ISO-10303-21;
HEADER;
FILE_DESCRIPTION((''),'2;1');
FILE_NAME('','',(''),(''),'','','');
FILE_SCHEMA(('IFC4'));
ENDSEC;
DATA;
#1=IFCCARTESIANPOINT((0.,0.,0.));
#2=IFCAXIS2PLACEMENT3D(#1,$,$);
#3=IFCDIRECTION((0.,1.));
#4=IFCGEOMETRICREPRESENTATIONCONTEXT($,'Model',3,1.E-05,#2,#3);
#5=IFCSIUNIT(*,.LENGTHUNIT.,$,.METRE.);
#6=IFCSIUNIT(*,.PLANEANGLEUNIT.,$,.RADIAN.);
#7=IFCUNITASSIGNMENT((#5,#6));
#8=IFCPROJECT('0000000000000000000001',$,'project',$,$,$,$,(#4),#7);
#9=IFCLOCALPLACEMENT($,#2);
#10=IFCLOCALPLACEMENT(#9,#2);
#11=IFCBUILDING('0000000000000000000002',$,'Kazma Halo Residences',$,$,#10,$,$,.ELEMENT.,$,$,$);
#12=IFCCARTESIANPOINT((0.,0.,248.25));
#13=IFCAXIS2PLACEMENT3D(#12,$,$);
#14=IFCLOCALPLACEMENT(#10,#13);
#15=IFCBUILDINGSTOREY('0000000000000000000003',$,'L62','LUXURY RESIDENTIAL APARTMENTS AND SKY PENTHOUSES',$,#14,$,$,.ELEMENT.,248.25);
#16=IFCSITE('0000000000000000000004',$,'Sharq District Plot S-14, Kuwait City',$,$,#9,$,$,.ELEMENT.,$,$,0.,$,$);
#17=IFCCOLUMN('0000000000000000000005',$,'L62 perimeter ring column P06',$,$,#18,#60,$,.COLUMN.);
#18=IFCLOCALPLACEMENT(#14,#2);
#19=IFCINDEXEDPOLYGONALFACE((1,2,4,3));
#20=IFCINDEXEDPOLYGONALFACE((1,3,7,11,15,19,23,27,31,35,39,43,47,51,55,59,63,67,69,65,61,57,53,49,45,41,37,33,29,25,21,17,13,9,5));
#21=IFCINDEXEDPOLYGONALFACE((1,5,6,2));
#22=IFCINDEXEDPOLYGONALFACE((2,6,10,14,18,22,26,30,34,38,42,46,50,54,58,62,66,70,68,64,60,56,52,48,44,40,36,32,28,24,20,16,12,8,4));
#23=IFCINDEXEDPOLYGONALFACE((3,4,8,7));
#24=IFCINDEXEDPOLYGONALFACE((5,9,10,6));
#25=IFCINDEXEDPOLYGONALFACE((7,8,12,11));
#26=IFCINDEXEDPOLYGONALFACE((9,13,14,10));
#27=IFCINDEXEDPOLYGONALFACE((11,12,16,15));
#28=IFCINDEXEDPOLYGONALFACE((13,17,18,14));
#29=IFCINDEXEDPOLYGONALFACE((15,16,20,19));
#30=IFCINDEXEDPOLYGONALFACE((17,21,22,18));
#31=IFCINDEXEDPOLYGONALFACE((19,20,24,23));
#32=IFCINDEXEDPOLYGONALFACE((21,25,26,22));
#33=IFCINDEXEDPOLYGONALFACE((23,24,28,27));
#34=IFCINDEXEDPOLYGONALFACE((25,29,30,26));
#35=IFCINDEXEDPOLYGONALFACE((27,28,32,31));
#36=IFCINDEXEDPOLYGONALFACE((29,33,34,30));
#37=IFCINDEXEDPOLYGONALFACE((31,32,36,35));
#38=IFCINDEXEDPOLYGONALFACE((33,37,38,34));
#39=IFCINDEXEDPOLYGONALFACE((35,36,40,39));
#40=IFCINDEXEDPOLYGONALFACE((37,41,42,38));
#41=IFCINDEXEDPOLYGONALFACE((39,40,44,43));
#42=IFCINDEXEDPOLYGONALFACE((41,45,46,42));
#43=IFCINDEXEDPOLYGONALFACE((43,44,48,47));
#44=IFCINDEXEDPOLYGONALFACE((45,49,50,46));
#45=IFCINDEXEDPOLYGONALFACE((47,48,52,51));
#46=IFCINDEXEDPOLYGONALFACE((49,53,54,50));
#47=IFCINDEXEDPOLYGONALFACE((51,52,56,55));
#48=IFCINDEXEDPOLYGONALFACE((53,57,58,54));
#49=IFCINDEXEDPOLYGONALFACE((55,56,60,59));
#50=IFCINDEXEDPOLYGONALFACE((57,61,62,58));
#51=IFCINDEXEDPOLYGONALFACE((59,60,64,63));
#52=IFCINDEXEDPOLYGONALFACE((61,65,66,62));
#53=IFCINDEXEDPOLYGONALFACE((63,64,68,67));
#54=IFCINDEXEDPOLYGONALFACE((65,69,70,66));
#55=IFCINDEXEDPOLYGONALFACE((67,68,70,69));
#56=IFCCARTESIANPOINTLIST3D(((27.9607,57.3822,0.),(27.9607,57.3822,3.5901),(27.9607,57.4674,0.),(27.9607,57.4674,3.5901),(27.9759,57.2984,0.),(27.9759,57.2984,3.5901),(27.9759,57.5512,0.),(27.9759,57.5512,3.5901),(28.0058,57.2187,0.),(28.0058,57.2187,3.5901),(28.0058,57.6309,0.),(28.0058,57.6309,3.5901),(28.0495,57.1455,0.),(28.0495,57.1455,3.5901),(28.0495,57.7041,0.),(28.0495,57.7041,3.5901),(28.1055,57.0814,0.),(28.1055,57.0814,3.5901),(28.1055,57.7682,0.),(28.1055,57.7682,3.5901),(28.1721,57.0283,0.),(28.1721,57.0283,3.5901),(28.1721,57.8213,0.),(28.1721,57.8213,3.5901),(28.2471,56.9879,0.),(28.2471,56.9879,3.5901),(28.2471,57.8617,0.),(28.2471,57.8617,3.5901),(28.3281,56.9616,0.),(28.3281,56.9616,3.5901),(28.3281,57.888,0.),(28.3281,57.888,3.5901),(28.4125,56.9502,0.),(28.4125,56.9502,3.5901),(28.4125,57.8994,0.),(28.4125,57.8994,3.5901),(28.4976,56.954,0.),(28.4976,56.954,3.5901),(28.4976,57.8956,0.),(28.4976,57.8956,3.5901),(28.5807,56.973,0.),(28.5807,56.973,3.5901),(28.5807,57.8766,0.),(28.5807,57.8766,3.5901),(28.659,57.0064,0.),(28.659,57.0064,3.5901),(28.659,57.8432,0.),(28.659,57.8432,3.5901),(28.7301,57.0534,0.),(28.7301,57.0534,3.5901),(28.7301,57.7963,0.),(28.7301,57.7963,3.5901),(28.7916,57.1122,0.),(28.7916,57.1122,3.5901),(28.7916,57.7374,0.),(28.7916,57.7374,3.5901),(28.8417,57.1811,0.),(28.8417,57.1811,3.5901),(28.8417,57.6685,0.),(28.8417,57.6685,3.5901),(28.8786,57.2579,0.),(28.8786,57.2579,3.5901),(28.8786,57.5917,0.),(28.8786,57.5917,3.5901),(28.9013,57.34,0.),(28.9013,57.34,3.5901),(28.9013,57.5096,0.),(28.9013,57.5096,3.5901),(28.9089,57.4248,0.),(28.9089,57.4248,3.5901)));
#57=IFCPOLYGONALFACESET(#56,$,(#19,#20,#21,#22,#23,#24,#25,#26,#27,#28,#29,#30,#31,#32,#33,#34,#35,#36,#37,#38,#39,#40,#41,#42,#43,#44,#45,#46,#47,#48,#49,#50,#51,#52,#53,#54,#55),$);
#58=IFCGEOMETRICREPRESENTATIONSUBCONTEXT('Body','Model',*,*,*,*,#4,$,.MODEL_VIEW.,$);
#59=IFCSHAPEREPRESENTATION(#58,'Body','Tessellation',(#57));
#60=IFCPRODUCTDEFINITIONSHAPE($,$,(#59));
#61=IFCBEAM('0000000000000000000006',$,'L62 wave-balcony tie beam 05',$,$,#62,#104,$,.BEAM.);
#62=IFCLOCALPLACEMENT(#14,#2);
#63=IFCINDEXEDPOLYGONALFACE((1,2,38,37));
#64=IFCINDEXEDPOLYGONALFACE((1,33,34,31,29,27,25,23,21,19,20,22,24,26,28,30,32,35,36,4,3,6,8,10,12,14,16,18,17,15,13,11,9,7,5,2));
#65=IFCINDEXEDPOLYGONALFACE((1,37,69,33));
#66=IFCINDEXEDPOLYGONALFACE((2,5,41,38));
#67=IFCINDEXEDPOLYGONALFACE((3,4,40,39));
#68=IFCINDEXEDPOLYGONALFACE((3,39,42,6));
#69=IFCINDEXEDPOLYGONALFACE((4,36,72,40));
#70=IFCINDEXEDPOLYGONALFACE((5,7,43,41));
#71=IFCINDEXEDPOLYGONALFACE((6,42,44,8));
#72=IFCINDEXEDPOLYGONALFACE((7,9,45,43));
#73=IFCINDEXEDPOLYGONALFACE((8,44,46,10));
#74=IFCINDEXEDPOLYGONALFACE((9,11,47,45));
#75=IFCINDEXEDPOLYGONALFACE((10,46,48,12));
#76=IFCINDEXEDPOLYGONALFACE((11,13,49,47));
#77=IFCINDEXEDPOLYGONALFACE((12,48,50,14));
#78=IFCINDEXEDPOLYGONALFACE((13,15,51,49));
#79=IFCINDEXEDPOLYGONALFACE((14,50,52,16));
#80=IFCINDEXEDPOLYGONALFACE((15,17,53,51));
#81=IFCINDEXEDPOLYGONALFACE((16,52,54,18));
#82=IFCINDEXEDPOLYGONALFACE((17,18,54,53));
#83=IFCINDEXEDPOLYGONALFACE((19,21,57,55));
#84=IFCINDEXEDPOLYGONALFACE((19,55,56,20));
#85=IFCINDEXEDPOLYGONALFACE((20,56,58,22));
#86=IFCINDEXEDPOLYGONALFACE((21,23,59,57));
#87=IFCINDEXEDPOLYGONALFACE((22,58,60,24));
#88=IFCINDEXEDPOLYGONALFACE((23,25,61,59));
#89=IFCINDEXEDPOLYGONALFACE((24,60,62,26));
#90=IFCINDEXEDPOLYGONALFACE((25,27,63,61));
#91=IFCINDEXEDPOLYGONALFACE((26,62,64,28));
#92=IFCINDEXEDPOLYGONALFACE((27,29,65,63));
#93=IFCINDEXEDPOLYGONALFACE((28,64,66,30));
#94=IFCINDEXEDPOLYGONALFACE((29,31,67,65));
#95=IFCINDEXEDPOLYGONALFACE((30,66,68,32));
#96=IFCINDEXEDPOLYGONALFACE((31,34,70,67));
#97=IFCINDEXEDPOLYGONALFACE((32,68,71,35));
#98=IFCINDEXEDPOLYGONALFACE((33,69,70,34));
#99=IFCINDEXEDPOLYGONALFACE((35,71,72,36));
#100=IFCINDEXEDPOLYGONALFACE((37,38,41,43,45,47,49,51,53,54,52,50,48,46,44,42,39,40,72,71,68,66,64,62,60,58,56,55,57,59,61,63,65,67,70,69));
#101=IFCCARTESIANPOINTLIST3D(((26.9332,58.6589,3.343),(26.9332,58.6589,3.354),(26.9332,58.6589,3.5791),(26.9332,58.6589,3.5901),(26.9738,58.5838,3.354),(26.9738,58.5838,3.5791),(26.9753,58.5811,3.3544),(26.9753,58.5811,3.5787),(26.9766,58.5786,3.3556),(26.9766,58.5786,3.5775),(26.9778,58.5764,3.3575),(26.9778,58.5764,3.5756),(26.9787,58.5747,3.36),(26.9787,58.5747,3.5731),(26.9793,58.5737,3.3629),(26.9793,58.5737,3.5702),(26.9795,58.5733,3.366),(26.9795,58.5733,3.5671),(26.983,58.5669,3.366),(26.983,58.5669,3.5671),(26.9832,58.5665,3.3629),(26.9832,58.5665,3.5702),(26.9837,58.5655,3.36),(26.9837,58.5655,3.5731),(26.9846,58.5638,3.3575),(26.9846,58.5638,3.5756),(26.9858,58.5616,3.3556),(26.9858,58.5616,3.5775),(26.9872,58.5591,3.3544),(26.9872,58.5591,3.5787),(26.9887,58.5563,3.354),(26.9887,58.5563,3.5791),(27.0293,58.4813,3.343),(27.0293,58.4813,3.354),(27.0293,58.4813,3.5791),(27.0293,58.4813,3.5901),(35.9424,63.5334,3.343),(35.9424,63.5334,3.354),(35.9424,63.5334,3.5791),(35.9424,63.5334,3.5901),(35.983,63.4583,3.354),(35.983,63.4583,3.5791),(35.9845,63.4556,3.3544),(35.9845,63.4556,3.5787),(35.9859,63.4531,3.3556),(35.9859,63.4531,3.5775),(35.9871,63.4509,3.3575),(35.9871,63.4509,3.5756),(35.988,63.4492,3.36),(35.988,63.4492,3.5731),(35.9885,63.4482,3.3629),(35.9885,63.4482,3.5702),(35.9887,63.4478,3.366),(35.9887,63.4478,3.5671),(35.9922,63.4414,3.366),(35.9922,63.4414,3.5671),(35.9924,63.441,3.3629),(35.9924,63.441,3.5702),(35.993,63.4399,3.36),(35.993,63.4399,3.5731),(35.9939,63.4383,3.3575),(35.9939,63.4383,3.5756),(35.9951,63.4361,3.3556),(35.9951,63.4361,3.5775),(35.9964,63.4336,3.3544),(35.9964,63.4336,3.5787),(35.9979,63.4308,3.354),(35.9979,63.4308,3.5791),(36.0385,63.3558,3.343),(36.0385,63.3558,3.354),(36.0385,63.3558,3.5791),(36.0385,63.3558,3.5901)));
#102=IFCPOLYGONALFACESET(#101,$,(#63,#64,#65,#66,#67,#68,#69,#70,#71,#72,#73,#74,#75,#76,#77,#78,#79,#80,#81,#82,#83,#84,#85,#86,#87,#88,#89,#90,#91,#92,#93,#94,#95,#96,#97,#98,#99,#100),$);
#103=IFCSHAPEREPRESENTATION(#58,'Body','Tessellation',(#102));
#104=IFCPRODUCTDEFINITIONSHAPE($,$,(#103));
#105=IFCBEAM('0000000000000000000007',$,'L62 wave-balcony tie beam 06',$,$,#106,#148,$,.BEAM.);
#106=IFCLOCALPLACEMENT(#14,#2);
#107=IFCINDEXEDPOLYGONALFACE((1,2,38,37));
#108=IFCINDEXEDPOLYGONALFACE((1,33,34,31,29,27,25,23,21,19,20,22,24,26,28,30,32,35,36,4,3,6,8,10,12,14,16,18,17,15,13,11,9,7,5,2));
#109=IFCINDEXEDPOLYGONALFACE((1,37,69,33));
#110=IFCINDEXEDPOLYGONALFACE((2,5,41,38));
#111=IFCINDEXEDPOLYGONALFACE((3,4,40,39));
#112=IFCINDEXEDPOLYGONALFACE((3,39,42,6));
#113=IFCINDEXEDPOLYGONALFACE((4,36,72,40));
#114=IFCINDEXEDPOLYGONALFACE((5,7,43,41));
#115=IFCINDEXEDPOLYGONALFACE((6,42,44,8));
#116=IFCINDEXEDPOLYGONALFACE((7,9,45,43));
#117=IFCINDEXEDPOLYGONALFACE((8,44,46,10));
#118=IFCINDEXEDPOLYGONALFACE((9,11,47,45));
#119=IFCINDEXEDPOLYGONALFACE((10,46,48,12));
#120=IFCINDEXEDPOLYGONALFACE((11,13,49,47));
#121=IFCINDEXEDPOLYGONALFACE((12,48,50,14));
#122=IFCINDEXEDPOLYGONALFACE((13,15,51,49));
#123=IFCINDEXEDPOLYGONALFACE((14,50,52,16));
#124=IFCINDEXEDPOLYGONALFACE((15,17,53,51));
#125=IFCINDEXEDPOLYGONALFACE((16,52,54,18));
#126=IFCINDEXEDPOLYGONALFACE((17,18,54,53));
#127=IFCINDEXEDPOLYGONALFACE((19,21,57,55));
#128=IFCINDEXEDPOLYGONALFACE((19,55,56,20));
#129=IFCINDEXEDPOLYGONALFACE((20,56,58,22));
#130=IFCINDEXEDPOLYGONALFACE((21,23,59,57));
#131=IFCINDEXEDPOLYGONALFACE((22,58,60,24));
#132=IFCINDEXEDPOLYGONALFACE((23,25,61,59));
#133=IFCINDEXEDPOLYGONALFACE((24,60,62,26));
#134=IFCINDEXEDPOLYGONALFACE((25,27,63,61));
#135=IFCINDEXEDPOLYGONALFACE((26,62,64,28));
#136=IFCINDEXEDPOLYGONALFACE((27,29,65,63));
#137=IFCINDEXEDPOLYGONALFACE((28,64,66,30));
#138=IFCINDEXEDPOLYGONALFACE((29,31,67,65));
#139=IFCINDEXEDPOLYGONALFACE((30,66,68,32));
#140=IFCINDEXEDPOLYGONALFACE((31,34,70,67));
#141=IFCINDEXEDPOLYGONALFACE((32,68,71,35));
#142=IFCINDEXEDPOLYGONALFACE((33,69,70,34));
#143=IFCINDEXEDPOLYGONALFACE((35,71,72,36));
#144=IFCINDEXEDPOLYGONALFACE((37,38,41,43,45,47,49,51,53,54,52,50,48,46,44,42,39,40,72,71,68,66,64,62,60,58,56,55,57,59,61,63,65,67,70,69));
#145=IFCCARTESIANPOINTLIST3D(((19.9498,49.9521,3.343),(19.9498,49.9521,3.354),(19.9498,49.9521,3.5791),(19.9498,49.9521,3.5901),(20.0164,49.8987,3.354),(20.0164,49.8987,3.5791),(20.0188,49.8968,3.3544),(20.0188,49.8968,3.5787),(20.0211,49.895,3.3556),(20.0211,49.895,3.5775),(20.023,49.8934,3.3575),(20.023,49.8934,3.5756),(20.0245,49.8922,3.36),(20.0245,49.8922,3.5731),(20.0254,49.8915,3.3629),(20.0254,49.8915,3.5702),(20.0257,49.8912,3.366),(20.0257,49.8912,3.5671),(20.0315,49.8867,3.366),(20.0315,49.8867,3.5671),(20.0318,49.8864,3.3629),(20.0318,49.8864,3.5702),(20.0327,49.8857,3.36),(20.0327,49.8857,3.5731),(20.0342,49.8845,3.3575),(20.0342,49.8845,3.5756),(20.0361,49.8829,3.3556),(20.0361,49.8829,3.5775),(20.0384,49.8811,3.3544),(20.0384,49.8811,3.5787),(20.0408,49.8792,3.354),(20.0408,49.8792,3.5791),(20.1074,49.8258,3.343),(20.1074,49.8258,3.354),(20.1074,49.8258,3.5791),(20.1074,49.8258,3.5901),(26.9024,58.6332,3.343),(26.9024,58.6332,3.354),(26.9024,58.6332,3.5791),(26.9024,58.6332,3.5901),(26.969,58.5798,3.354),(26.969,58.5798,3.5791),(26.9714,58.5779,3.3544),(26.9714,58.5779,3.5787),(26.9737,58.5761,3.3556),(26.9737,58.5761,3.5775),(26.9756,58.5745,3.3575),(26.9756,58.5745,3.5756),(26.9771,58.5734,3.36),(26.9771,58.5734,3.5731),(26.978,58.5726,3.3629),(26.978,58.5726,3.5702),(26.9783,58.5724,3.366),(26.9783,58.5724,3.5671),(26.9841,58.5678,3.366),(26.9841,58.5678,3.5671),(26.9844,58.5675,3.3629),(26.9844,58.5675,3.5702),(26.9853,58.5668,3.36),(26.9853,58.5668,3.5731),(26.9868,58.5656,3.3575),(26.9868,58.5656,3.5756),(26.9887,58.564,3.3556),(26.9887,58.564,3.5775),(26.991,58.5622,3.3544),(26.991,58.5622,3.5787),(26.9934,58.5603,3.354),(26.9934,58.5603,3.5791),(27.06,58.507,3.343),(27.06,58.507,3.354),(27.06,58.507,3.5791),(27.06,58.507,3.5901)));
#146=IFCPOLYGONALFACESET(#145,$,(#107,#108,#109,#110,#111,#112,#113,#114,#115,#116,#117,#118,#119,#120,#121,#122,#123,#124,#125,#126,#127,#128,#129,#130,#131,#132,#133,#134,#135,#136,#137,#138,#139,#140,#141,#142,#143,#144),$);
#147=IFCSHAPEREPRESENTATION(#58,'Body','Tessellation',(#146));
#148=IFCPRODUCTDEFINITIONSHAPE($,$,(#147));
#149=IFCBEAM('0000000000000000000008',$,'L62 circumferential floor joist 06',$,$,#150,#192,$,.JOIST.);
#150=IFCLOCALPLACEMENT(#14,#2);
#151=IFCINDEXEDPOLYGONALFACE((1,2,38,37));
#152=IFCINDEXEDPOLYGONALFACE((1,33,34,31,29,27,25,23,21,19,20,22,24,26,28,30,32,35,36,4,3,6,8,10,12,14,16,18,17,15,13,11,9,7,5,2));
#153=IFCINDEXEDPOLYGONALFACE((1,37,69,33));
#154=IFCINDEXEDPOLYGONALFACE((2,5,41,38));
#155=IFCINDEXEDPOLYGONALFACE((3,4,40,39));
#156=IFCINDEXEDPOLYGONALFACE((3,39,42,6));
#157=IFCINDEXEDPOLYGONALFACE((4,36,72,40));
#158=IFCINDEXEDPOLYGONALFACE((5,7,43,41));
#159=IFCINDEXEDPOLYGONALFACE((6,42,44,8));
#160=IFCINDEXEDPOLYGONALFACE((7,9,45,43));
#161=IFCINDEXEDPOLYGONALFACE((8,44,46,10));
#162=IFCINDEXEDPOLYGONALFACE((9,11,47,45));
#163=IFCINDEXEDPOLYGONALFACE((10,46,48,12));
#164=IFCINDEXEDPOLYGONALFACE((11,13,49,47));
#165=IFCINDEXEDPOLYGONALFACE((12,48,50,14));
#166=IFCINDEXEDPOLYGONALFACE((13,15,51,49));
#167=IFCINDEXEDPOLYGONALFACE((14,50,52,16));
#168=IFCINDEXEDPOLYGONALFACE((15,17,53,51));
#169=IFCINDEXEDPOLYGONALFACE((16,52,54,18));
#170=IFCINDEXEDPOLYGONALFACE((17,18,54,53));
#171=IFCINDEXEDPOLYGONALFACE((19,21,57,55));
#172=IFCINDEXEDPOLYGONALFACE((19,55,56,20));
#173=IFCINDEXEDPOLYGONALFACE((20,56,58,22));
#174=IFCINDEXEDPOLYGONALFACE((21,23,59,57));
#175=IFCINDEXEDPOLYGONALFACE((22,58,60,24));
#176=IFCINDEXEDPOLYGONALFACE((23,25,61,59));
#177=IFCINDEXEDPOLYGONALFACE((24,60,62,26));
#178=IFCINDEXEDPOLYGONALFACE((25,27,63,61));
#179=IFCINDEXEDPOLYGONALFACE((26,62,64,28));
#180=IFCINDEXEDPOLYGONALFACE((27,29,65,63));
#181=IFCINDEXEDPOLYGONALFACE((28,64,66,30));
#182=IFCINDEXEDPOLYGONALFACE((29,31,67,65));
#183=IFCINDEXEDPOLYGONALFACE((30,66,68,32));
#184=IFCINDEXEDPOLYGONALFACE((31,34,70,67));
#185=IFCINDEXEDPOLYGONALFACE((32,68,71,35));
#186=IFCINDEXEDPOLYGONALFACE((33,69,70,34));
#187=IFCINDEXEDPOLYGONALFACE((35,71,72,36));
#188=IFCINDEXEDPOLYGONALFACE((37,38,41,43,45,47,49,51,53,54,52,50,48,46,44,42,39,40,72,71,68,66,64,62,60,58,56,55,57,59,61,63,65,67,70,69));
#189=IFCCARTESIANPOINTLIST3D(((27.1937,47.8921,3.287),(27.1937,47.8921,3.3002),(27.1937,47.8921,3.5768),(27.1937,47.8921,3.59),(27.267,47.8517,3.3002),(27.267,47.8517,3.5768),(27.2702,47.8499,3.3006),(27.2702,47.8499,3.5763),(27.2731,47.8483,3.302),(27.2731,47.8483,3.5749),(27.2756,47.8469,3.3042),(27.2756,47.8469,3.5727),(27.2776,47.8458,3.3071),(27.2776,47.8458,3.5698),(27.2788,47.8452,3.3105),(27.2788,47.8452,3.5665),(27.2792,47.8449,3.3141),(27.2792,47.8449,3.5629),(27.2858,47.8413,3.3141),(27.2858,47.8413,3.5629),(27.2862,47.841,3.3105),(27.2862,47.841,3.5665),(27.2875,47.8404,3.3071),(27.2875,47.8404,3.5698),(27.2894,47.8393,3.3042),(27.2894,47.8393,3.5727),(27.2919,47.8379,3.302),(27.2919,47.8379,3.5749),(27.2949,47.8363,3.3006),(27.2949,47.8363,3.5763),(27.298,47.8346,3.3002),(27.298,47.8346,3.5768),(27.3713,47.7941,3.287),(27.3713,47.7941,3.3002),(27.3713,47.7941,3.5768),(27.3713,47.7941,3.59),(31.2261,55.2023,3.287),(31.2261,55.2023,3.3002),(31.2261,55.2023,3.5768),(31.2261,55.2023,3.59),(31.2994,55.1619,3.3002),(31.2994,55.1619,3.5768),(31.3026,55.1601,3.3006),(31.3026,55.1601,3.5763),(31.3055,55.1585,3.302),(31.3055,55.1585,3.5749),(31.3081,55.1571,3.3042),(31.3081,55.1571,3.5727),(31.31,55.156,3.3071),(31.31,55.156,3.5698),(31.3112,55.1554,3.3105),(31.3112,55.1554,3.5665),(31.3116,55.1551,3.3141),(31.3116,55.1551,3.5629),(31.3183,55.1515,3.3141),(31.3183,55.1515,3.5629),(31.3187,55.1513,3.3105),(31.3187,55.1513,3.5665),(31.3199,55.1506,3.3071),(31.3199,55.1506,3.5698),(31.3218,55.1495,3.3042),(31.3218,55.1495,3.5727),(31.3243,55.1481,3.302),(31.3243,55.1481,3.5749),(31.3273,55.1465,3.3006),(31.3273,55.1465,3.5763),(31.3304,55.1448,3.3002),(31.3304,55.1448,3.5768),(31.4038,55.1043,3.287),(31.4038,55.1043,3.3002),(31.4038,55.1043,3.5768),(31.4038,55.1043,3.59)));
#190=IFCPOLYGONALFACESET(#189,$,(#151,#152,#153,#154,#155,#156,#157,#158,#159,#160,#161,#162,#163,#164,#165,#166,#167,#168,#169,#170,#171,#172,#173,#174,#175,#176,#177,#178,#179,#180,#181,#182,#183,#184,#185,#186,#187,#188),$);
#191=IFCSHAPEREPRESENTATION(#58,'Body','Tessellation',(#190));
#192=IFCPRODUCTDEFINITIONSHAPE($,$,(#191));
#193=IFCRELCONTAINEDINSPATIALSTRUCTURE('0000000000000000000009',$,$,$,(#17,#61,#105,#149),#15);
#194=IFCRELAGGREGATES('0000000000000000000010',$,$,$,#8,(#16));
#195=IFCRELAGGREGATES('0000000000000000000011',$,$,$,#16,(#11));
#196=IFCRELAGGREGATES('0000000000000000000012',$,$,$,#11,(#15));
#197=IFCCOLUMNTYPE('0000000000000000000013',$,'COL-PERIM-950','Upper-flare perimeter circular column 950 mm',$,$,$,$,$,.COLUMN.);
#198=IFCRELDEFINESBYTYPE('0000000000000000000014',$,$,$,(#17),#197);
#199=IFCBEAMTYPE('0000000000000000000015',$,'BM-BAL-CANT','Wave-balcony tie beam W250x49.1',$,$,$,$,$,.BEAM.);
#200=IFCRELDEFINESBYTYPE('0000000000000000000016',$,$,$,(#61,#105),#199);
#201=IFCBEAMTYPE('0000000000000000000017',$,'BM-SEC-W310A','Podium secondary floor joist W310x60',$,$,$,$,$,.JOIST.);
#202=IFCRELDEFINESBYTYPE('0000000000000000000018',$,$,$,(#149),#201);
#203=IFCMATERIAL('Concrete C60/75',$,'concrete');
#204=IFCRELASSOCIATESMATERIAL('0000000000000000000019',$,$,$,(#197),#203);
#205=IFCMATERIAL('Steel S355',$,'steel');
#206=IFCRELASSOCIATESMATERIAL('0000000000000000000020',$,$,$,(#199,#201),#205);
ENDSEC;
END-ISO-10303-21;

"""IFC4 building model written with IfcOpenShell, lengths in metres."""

from ifc_helpers import new_model, si_unit, direction, frame, origin, origin_2d, place, context, subcontext, project, spatial, circle, i_section, extrude, material, material_profile, profile_set, type_object, element, save


model = new_model("IFC4")

# Units and contexts
model_context = context("Model", 3, precision=1e-05, world=origin(), true_north=direction((0.0, 1.0)))
body_context = subcontext(model_context, "Body", "Model", "MODEL_VIEW")
ifc_project = project(units=[si_unit("LENGTHUNIT", "METRE"), si_unit("PLANEANGLEUNIT", "RADIAN")], contexts=[model_context])

# Site, building, storey
site_placement = place(None, origin())
site = spatial("IfcSite", under=ifc_project, at=site_placement, Name="Sharq District Plot S-14, Kuwait City", CompositionType="ELEMENT", RefElevation=0.0)
building_placement = place(site_placement, origin())
building = spatial("IfcBuilding", under=site, at=building_placement, Name="Kazma Halo Residences", CompositionType="ELEMENT")
storey_placement = place(building_placement, frame((0.0, 0.0, 248.25)))
storey = spatial("IfcBuildingStorey", under=building, at=storey_placement, Name="L62", Description="LUXURY RESIDENTIAL APARTMENTS AND SKY PENTHOUSES", CompositionType="ELEMENT", Elevation=248.25)

# Column
ifc_material_1 = material(Name="Concrete C60/75", Category="concrete")
ifc_material_profile_1 = material_profile(ifc_material_1, circle(Radius=0.4751, at=origin_2d()), Name="CIRC950")
ifc_profile_set_1 = profile_set([ifc_material_profile_1], Name="Concrete C60/75")
column_type = type_object("IfcColumnType", Name="COL-PERIM-950", Description="Upper-flare perimeter circular column 950 mm", PredefinedType="COLUMN", material=ifc_profile_set_1)
column_placement = place(storey_placement, frame((28.4338, 57.4248, 0.0), z_axis=(0.0, 0.0, 1.0), x_axis=(1.0, 0.0, 0.0)))
element("IfcColumn", 1, at=column_placement, inside=storey, type_object=column_type, Name="L62 perimeter ring column P06", PredefinedType="COLUMN", context=body_context, shape_type="SweptSolid", body=[
    extrude(circle(Radius=0.4751, at=origin_2d()), origin(), (0.0, 0.0, 1.0), 3.5901),
])

# Beams
ifc_material_2 = material(Name="Steel S355", Category="steel")
ifc_material_profile_2 = material_profile(ifc_material_2, i_section(OverallWidth=0.2019, OverallDepth=0.2471, WebThickness=0.0073, FlangeThickness=0.011, FilletRadius=0.012, at=origin_2d()), Name="W250x49.1")
ifc_profile_set_2 = profile_set([ifc_material_profile_2], Name="Steel S355")
beam_type_1 = type_object("IfcBeamType", Name="BM-BAL-CANT", Description="Wave-balcony tie beam W250x49.1", PredefinedType="BEAM", material=ifc_profile_set_2)
beam_1_placement = place(storey_placement, frame((35.9905, 63.4446, 3.4666), z_axis=(-0.879517, -0.475867, 0.0), x_axis=(0.475867, -0.879517, 0.0)))
element("IfcBeam", 2, at=beam_1_placement, inside=storey, type_object=beam_type_1, Name="L62 wave-balcony tie beam 05", PredefinedType="BEAM", context=body_context, shape_type="SweptSolid", body=[
    extrude(i_section(OverallWidth=0.2019, OverallDepth=0.2471, WebThickness=0.0073, FlangeThickness=0.011, FilletRadius=0.012, at=origin_2d()), origin(), (0.0, 0.0, 1.0), 10.2434),
])
beam_2_placement = place(storey_placement, frame((26.9812, 58.5701, 3.4666), z_axis=(-0.625118, -0.78053, 0.0), x_axis=(0.78053, -0.625118, 0.0)))
element("IfcBeam", 3, at=beam_2_placement, inside=storey, type_object=beam_type_1, Name="L62 wave-balcony tie beam 06", PredefinedType="BEAM", context=body_context, shape_type="SweptSolid", body=[
    extrude(i_section(OverallWidth=0.2019, OverallDepth=0.2471, WebThickness=0.0073, FlangeThickness=0.011, FilletRadius=0.012, at=origin_2d()), origin(), (0.0, 0.0, 1.0), 11.1221),
])
ifc_material_profile_3 = material_profile(ifc_material_2, i_section(OverallWidth=0.2029, OverallDepth=0.303, WebThickness=0.0076, FlangeThickness=0.0132, FilletRadius=0.0139, at=origin_2d()), Name="W310x60")
ifc_profile_set_3 = profile_set([ifc_material_profile_3], Name="Steel S355")
beam_type_2 = type_object("IfcBeamType", Name="BM-SEC-W310A", Description="Podium secondary floor joist W310x60", PredefinedType="JOIST", material=ifc_profile_set_3)
beam_3_placement = place(storey_placement, frame((31.3149, 55.1533, 3.4385), z_axis=(-0.483004, -0.875618, 0.0), x_axis=(0.875618, -0.483004, 0.0)))
element("IfcBeam", 4, at=beam_3_placement, inside=storey, type_object=beam_type_2, Name="L62 circumferential floor joist 06", PredefinedType="JOIST", context=body_context, shape_type="SweptSolid", body=[
    extrude(i_section(OverallWidth=0.2029, OverallDepth=0.303, WebThickness=0.0076, FlangeThickness=0.0132, FilletRadius=0.0139, at=origin_2d()), origin(), (0.0, 0.0, 1.0), 8.3486),
])

save(model, "model.ifc")
